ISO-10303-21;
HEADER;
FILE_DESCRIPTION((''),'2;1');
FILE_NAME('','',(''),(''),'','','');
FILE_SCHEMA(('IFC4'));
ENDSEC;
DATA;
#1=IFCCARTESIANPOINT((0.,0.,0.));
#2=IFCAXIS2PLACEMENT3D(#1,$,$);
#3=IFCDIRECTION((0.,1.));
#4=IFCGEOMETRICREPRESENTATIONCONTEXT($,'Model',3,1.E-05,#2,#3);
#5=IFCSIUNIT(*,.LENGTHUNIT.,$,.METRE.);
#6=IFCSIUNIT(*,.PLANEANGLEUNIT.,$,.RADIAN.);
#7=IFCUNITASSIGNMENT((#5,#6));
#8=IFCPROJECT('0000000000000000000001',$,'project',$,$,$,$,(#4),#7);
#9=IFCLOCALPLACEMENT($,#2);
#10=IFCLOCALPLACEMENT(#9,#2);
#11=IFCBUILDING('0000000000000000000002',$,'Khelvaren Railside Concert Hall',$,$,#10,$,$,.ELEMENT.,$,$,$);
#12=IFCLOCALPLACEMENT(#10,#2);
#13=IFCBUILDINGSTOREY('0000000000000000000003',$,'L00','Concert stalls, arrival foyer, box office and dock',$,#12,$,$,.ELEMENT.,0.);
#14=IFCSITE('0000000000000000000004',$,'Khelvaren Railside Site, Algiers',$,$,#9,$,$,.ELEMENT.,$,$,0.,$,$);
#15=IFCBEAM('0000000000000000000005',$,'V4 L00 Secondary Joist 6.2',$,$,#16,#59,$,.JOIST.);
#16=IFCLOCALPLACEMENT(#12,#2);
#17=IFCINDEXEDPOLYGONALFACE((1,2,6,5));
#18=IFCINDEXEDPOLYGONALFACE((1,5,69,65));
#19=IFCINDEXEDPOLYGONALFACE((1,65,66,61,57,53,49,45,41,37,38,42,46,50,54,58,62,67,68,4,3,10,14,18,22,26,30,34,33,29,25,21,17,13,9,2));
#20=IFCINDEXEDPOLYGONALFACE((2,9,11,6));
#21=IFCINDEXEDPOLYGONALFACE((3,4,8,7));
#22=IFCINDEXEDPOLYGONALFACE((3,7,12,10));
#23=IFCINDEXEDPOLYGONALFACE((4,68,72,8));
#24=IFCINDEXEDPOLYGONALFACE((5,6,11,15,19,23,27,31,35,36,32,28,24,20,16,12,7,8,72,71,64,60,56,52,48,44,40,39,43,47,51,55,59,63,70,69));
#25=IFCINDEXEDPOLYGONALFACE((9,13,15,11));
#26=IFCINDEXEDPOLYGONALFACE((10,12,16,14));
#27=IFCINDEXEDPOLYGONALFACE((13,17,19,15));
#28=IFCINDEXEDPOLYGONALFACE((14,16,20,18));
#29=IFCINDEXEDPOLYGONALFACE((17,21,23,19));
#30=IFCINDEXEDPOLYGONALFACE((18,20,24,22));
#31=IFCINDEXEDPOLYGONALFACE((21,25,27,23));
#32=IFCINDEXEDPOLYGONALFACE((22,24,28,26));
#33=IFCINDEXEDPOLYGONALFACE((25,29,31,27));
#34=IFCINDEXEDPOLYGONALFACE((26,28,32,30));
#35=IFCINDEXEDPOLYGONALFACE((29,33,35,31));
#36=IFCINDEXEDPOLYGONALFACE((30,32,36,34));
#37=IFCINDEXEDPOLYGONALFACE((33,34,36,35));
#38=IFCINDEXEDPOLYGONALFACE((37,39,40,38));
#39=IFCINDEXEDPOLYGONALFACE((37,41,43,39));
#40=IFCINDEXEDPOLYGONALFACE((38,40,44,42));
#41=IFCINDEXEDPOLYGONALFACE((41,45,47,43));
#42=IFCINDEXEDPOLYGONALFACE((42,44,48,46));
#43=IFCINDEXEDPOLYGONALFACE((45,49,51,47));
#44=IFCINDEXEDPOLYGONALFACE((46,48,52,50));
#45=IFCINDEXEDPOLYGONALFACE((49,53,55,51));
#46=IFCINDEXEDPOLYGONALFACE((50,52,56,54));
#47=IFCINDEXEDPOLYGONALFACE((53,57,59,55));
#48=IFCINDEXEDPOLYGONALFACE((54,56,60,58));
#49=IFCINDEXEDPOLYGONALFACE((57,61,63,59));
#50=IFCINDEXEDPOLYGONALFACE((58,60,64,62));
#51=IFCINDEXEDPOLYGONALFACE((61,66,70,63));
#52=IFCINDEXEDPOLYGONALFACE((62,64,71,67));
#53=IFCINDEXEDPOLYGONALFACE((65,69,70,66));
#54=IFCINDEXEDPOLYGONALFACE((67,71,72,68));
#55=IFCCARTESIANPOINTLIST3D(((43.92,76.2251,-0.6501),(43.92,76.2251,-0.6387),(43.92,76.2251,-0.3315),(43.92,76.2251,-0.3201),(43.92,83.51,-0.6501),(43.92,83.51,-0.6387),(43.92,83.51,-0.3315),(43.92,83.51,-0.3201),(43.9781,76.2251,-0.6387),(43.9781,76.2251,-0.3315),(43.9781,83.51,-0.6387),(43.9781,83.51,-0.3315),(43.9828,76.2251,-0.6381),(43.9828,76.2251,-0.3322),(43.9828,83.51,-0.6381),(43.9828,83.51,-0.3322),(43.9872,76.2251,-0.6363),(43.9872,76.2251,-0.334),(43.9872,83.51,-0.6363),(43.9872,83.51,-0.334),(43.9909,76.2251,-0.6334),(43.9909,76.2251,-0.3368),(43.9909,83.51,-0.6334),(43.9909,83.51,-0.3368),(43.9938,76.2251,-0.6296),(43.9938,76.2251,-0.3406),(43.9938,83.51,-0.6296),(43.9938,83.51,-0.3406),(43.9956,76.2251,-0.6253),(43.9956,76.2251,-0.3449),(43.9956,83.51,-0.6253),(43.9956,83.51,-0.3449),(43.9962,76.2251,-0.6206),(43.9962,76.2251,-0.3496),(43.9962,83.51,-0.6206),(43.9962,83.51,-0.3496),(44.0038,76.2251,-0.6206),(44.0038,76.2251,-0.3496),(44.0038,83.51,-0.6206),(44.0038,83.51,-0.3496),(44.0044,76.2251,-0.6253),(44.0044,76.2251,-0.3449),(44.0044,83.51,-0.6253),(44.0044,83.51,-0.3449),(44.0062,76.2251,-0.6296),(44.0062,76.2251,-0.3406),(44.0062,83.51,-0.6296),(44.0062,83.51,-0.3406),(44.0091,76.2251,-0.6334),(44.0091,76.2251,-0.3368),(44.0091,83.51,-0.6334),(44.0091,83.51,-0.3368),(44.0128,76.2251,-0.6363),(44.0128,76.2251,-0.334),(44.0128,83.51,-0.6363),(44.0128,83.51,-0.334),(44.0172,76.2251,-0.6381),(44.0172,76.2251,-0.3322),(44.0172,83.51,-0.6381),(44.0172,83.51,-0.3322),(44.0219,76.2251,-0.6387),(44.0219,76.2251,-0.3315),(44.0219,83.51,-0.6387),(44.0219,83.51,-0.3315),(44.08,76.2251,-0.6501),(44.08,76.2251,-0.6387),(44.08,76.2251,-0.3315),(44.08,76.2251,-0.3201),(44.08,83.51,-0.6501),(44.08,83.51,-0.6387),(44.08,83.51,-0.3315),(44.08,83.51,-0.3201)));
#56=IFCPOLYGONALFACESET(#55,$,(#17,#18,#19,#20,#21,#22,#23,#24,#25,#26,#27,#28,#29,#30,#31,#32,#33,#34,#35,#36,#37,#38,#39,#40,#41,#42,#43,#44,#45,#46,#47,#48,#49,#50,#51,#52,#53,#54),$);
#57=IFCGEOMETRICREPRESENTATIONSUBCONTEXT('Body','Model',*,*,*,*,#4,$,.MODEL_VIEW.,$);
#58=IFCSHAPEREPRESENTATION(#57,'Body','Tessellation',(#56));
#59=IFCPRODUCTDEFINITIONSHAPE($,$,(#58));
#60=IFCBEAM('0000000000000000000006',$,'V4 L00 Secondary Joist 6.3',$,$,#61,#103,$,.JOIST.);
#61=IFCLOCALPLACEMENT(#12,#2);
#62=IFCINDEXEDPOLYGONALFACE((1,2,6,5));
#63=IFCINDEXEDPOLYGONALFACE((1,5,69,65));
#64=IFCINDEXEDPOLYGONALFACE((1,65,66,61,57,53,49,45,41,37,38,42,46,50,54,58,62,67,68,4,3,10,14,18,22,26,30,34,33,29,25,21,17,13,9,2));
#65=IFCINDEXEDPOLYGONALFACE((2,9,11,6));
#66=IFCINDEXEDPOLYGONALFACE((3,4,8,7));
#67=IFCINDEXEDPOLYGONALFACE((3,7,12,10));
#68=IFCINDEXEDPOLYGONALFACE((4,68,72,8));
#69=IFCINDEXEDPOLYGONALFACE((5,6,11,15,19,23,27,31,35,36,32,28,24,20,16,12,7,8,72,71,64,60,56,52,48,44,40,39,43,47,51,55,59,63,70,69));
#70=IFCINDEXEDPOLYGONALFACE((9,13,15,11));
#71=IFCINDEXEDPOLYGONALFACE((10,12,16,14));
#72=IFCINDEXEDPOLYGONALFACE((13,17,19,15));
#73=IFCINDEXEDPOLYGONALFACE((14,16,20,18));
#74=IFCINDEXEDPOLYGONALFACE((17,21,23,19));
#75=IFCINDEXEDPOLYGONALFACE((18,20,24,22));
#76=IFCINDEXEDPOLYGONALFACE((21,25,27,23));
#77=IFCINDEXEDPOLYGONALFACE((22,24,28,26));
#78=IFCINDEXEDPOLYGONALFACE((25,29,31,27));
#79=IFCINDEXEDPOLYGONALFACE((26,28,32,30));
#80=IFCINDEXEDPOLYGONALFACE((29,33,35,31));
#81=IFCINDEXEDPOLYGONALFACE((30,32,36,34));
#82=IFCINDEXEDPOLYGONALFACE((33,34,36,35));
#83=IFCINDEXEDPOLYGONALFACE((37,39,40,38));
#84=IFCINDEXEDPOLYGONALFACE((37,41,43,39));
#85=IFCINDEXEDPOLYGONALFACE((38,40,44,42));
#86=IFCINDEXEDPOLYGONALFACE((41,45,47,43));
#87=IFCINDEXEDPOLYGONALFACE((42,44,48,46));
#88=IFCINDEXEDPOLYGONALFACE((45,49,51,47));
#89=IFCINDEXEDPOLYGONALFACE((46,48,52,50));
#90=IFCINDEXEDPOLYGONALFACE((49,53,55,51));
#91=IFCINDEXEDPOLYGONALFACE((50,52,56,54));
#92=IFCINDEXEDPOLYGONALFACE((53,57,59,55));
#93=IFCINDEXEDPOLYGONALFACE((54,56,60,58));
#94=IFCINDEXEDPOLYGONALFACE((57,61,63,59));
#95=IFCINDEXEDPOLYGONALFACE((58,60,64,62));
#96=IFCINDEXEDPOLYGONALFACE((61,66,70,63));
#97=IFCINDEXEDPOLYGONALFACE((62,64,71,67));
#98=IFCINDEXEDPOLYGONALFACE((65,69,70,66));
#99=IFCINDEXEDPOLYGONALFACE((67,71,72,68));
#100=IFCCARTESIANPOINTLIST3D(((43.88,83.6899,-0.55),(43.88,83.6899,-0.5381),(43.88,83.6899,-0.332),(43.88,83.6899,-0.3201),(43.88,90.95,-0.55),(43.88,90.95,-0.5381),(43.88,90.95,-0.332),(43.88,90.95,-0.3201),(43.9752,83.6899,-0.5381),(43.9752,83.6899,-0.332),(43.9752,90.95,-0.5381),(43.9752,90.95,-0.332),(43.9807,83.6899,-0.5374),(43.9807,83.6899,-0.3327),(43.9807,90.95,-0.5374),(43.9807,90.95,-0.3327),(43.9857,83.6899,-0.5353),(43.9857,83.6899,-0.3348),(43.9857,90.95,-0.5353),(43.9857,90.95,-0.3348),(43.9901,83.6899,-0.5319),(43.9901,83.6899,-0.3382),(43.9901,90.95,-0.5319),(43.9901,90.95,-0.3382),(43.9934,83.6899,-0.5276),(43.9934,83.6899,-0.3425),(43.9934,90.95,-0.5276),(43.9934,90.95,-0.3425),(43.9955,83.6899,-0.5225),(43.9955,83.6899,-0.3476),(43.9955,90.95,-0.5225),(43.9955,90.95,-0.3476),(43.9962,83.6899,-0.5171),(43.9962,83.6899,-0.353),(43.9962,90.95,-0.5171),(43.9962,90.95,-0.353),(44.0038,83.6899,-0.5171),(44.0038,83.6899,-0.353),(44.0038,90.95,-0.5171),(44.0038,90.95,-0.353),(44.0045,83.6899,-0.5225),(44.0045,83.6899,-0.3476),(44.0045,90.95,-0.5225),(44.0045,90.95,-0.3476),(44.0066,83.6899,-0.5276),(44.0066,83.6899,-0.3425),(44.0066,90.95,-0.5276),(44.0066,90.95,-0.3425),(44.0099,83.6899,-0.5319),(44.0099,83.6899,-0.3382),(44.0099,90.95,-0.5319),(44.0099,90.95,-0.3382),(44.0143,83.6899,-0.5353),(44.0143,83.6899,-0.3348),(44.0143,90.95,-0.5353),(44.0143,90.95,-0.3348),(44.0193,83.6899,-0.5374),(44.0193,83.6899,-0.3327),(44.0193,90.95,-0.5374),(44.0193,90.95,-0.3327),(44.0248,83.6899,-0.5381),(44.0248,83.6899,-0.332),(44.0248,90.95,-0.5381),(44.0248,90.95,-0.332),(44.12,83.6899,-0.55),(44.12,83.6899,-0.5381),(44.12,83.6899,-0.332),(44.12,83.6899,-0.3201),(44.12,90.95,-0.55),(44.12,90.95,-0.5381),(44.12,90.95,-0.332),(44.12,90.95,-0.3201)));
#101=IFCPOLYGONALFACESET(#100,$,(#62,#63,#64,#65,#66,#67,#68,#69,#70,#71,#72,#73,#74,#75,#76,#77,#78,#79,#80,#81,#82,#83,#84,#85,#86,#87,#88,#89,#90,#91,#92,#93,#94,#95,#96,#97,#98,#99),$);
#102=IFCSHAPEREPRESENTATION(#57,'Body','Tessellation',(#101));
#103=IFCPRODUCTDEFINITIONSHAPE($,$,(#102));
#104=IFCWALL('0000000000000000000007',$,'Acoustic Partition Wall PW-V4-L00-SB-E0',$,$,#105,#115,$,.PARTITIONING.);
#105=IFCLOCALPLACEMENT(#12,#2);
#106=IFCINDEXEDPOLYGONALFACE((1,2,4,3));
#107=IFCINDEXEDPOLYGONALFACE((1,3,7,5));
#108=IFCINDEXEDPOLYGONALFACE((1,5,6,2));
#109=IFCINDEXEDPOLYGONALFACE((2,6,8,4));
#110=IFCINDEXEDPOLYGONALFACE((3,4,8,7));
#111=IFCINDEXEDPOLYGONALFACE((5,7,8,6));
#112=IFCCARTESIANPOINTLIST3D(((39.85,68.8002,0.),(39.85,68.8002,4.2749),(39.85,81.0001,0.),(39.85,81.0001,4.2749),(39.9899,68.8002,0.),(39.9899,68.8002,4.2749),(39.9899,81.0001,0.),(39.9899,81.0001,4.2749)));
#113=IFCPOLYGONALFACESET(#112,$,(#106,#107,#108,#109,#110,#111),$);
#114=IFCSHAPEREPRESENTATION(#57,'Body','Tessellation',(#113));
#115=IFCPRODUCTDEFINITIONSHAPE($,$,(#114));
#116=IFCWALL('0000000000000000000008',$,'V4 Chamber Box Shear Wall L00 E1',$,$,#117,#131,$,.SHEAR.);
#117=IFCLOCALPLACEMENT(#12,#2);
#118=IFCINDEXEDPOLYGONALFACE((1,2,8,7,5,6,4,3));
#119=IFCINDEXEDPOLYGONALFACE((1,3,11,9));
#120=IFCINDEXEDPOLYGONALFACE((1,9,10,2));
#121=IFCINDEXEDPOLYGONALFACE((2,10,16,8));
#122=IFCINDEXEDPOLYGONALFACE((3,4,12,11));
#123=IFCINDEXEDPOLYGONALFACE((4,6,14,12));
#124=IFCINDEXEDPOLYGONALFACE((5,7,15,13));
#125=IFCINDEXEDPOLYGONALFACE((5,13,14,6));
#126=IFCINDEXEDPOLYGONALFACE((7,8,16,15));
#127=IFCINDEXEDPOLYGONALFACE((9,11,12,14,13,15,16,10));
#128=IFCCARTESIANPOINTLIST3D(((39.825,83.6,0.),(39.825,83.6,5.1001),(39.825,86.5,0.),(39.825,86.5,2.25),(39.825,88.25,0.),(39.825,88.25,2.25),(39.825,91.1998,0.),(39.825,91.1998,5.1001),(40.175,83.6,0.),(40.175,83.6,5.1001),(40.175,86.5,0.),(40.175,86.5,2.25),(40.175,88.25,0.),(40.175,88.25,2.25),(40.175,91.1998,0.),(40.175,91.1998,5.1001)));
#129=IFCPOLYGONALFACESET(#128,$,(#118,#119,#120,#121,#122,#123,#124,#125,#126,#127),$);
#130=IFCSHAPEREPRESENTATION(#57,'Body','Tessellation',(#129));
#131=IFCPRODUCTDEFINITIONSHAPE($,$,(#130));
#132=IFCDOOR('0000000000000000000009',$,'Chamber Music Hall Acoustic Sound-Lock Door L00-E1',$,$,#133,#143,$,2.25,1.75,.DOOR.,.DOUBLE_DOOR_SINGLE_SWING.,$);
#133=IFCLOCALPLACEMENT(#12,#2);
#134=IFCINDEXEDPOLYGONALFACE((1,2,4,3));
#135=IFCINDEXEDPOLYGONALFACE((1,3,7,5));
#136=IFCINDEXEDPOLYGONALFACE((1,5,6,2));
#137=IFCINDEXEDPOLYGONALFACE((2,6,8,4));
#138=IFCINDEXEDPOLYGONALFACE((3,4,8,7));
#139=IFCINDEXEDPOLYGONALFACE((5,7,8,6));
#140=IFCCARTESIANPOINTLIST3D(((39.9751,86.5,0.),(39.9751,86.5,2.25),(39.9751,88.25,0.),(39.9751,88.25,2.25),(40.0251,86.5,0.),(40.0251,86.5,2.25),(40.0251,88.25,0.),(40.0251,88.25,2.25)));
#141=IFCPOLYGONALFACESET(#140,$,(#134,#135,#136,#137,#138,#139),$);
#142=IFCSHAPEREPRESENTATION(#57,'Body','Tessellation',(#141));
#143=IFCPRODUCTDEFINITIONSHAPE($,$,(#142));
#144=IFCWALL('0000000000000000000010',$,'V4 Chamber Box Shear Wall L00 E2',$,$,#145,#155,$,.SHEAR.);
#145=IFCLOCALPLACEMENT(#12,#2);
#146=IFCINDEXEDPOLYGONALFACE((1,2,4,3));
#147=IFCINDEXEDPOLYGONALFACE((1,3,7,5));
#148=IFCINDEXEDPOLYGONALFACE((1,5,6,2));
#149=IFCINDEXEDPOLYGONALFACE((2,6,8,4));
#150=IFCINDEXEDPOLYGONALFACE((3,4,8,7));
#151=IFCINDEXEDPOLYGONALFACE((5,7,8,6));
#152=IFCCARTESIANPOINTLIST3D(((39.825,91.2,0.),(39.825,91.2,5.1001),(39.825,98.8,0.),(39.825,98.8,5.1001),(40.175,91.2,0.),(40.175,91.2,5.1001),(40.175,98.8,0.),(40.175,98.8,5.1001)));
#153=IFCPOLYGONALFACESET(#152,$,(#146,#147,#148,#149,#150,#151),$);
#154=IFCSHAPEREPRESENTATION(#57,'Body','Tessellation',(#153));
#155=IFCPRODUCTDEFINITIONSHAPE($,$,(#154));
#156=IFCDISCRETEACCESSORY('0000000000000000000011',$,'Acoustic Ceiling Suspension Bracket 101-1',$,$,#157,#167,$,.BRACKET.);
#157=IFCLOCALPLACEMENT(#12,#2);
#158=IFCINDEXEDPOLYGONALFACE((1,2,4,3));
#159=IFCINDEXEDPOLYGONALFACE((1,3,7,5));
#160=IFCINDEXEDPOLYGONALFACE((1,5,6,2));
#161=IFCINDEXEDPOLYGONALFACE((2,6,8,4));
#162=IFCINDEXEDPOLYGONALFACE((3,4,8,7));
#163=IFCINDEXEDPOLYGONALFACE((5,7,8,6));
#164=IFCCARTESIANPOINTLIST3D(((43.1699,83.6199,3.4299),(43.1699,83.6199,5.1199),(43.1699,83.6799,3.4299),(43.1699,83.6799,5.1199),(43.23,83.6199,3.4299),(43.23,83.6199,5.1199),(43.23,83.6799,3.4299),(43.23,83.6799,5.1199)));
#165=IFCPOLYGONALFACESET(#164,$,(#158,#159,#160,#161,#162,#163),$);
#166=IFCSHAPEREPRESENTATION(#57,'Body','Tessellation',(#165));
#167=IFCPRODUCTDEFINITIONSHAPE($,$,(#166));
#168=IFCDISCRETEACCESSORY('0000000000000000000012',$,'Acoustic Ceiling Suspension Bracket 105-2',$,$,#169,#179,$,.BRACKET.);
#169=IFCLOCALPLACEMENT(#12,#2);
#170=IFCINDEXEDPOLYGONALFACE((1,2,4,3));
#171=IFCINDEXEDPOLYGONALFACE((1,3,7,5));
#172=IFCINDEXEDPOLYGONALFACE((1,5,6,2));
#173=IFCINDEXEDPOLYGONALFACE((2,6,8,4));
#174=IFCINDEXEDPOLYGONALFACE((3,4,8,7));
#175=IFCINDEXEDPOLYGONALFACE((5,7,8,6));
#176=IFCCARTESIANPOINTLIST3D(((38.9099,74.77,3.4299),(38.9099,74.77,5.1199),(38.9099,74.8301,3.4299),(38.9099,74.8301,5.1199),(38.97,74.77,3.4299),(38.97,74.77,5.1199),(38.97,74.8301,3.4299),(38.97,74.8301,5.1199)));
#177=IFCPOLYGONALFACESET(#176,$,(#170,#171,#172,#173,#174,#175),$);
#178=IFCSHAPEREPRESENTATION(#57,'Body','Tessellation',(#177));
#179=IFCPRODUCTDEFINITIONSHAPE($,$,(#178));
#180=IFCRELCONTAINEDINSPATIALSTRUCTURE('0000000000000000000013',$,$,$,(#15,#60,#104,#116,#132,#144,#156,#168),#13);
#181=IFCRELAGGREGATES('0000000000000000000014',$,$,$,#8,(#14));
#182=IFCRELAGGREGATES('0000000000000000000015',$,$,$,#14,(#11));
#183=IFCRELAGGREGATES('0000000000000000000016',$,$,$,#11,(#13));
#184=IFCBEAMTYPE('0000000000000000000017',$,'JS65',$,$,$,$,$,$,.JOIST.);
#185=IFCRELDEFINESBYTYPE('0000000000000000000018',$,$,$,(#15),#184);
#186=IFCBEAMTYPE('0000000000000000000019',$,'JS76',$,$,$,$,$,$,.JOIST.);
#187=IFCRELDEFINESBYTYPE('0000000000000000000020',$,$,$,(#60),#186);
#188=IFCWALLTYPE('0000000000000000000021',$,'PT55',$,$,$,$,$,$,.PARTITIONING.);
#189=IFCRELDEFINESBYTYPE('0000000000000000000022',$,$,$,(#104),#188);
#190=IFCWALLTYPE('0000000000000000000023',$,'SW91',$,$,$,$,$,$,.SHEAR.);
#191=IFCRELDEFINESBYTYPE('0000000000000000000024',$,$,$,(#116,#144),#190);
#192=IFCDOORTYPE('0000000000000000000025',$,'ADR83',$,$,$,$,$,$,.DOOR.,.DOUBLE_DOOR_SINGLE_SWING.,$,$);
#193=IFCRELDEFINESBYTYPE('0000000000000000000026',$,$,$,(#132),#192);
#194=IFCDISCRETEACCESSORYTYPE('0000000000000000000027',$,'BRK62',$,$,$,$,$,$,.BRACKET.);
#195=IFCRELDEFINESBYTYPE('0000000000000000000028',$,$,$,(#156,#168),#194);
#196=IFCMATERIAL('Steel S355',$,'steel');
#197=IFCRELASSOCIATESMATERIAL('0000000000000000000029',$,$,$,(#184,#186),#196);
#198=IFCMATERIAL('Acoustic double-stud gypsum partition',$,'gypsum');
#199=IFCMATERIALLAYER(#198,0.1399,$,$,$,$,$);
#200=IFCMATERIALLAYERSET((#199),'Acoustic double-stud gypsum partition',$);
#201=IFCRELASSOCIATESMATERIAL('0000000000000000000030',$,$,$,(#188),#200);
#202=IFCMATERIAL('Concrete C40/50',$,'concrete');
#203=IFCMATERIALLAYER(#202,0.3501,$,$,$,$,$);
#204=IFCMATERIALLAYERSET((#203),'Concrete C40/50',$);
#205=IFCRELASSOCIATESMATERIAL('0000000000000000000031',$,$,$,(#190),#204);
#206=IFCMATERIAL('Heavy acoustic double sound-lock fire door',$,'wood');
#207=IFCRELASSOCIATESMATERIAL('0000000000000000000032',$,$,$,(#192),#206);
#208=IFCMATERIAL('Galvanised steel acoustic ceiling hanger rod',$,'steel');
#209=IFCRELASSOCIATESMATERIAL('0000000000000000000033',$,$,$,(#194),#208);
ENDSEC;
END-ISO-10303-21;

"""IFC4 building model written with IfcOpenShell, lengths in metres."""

from ifc_helpers import new_model, si_unit, direction, frame, frame_2d, origin, origin_2d, place, context, subcontext, project, spatial, rectangle, i_section, extrude, material, layer, layer_set, material_profile, profile_set, type_object, element, fill, save


model = new_model("IFC4")

# Units and contexts
model_context = context("Model", 3, precision=1e-05, world=origin(), true_north=direction((0.0, 1.0)))
body_context = subcontext(model_context, "Body", "Model", "MODEL_VIEW")
ifc_project = project(units=[si_unit("LENGTHUNIT", "METRE"), si_unit("PLANEANGLEUNIT", "RADIAN")], contexts=[model_context])

# Site, building, storey
site_placement = place(None, origin())
site = spatial("IfcSite", under=ifc_project, at=site_placement, Name="Khelvaren Railside Site, Algiers", CompositionType="ELEMENT", RefElevation=0.0)
building_placement = place(site_placement, origin())
building = spatial("IfcBuilding", under=site, at=building_placement, Name="Khelvaren Railside Concert Hall", CompositionType="ELEMENT")
storey_placement = place(building_placement, origin())
storey = spatial("IfcBuildingStorey", under=building, at=storey_placement, Name="L00", Description="Concert stalls, arrival foyer, box office and dock", CompositionType="ELEMENT", Elevation=0.0)

# Beams
ifc_material_1 = material(Name="Steel S355", Category="steel")
ifc_material_2 = material(Name="Concrete C40/50", Category="concrete")
ifc_material_profile_1 = material_profile(ifc_material_1, i_section(OverallWidth=0.1599, OverallDepth=0.3301, WebThickness=0.0076, FlangeThickness=0.0115, FilletRadius=0.0181, at=origin_2d()), Name="IPE 330")
ifc_profile_set_1 = profile_set([ifc_material_profile_1], Name="Steel S355")
beam_type_1 = type_object("IfcBeamType", Name="JS65", PredefinedType="JOIST", material=ifc_profile_set_1)
beam_1_placement = place(storey_placement, frame((44.0, 76.2251, -0.4851), z_axis=(0.0, 1.0, 0.0), x_axis=(-1.0, 0.0, 0.0)))
element("IfcBeam", 1, at=beam_1_placement, inside=storey, type_object=beam_type_1, Name="V4 L00 Secondary Joist 6.2", PredefinedType="JOIST", context=body_context, shape_type="SweptSolid", body=[
    extrude(i_section(OverallWidth=0.1599, OverallDepth=0.3301, WebThickness=0.0076, FlangeThickness=0.0115, FilletRadius=0.0181, at=origin_2d()), origin(), (0.0, 0.0, 1.0), 7.2849),
])
ifc_material_profile_2 = material_profile(ifc_material_1, i_section(OverallWidth=0.24, OverallDepth=0.23, WebThickness=0.0076, FlangeThickness=0.012, FilletRadius=0.021, at=origin_2d()), Name="HEA 240")
ifc_profile_set_2 = profile_set([ifc_material_profile_2], Name="Steel S355")
beam_type_2 = type_object("IfcBeamType", Name="JS76", PredefinedType="JOIST", material=ifc_profile_set_2)
beam_2_placement = place(storey_placement, frame((44.0, 83.6899, -0.4351), z_axis=(0.0, 1.0, 0.0), x_axis=(-1.0, 0.0, 0.0)))
element("IfcBeam", 2, at=beam_2_placement, inside=storey, type_object=beam_type_2, Name="V4 L00 Secondary Joist 6.3", PredefinedType="JOIST", context=body_context, shape_type="SweptSolid", body=[
    extrude(i_section(OverallWidth=0.24, OverallDepth=0.23, WebThickness=0.0076, FlangeThickness=0.012, FilletRadius=0.021, at=origin_2d()), origin(), (0.0, 0.0, 1.0), 7.26),
])

# Wall
ifc_material_3 = material(Name="Acoustic double-stud gypsum partition", Category="gypsum")
ifc_layer_1 = layer(ifc_material_3, 0.1399)
ifc_layer_set_1 = layer_set([ifc_layer_1], Name="Acoustic double-stud gypsum partition")
wall_type_1 = type_object("IfcWallType", Name="PT55", PredefinedType="PARTITIONING", material=ifc_layer_set_1)
wall_1_placement = place(storey_placement, frame((39.9199, 68.8, 0.0), z_axis=(0.0, 0.0, 1.0), x_axis=(0.0, 1.0, 0.0)))
element("IfcWall", 3, at=wall_1_placement, inside=storey, type_object=wall_type_1, Name="Acoustic Partition Wall PW-V4-L00-SB-E0", PredefinedType="PARTITIONING", context=body_context, shape_type="SweptSolid", body=[
    extrude(rectangle(XDim=12.2, YDim=0.1399, at=frame_2d((6.1001, 0.0))), origin(), (0.0, 0.0, 1.0), 4.2749),
])

# Wall, opening, door
ifc_layer_2 = layer(ifc_material_2, 0.3501)
ifc_layer_set_2 = layer_set([ifc_layer_2], Name="Concrete C40/50")
wall_type_2 = type_object("IfcWallType", Name="SW91", PredefinedType="SHEAR", material=ifc_layer_set_2)
wall_2_placement = place(storey_placement, frame((40.0, 83.6001, 0.0), z_axis=(0.0, 0.0, 1.0), x_axis=(0.0, 1.0, 0.0)))
wall_2 = element("IfcWall", 4, at=wall_2_placement, inside=storey, type_object=wall_type_2, Name="V4 Chamber Box Shear Wall L00 E1", PredefinedType="SHEAR", context=body_context, shape_type="SweptSolid", body=[
    extrude(rectangle(XDim=7.5999, YDim=0.3501, at=frame_2d((3.7998, 0.0))), origin(), (0.0, 0.0, 1.0), 5.1001),
])
opening_placement = place(wall_2_placement, frame((2.8999, 0.0, 0.0)))
opening = element("IfcOpeningElement", 5, at=opening_placement, cuts=wall_2, PredefinedType="OPENING", context=body_context, shape_type="SweptSolid", body=[
    extrude(rectangle(XDim=1.75, YDim=2.25, at=frame_2d((0.875, 1.125))), frame((0.0, 0.1851, 0.0), z_axis=(0.0, -1.0, 0.0), x_axis=(1.0, 0.0, 0.0)), (0.0, 0.0, 1.0), 0.3701),
])
ifc_material_4 = material(Name="Heavy acoustic double sound-lock fire door", Category="wood")
door_type = type_object("IfcDoorType", Name="ADR83", OperationType="DOUBLE_DOOR_SINGLE_SWING", PredefinedType="DOOR", material=ifc_material_4)
door_placement = place(opening_placement, origin())
door = element("IfcDoor", 6, at=door_placement, inside=storey, type_object=door_type, Name="Chamber Music Hall Acoustic Sound-Lock Door L00-E1", OperationType="DOUBLE_DOOR_SINGLE_SWING", OverallHeight=2.25, OverallWidth=1.75, PredefinedType="DOOR", context=body_context, shape_type="SweptSolid", body=[
    extrude(rectangle(XDim=1.75, YDim=2.25, at=frame_2d((0.875, 1.125))), frame((0.0, 0.0249, 0.0), z_axis=(0.0, -1.0, 0.0), x_axis=(1.0, 0.0, 0.0)), (0.0, 0.0, 1.0), 0.05),
])
fill(opening, door)

# Wall
wall_3_placement = place(storey_placement, frame((40.0, 91.2, 0.0), z_axis=(0.0, 0.0, 1.0), x_axis=(0.0, 1.0, 0.0)))
element("IfcWall", 7, at=wall_3_placement, inside=storey, type_object=wall_type_2, Name="V4 Chamber Box Shear Wall L00 E2", PredefinedType="SHEAR", context=body_context, shape_type="SweptSolid", body=[
    extrude(rectangle(XDim=7.6001, YDim=0.3501, at=frame_2d((3.8, 0.0))), origin(), (0.0, 0.0, 1.0), 5.1001),
])

# Discrete accessories
ifc_material_5 = material(Name="Galvanised steel acoustic ceiling hanger rod", Category="steel")
discrete_accessory_type = type_object("IfcDiscreteAccessoryType", Name="BRK62", PredefinedType="BRACKET", material=ifc_material_5)
for number, where, z_axis, x_axis, name in (
    (8, (43.2, 83.6499, 3.4299), (0.0, 0.0, 1.0), (1.0, 0.0, 0.0), "Acoustic Ceiling Suspension Bracket 101-1"),
    (9, (38.9399, 74.8, 3.4299), (0.0, 0.0, 1.0), (1.0, 0.0, 0.0), "Acoustic Ceiling Suspension Bracket 105-2"),
):
    element("IfcDiscreteAccessory", number, at=place(storey_placement, frame(where, z_axis=z_axis, x_axis=x_axis)), inside=storey, type_object=discrete_accessory_type, Name=name, PredefinedType="BRACKET", context=body_context, shape_type="SweptSolid", body=[
        extrude(rectangle(XDim=0.0601, YDim=0.0601, at=origin_2d()), origin(), (0.0, 0.0, 1.0), 1.6899),
    ])

save(model, "model.ifc")
